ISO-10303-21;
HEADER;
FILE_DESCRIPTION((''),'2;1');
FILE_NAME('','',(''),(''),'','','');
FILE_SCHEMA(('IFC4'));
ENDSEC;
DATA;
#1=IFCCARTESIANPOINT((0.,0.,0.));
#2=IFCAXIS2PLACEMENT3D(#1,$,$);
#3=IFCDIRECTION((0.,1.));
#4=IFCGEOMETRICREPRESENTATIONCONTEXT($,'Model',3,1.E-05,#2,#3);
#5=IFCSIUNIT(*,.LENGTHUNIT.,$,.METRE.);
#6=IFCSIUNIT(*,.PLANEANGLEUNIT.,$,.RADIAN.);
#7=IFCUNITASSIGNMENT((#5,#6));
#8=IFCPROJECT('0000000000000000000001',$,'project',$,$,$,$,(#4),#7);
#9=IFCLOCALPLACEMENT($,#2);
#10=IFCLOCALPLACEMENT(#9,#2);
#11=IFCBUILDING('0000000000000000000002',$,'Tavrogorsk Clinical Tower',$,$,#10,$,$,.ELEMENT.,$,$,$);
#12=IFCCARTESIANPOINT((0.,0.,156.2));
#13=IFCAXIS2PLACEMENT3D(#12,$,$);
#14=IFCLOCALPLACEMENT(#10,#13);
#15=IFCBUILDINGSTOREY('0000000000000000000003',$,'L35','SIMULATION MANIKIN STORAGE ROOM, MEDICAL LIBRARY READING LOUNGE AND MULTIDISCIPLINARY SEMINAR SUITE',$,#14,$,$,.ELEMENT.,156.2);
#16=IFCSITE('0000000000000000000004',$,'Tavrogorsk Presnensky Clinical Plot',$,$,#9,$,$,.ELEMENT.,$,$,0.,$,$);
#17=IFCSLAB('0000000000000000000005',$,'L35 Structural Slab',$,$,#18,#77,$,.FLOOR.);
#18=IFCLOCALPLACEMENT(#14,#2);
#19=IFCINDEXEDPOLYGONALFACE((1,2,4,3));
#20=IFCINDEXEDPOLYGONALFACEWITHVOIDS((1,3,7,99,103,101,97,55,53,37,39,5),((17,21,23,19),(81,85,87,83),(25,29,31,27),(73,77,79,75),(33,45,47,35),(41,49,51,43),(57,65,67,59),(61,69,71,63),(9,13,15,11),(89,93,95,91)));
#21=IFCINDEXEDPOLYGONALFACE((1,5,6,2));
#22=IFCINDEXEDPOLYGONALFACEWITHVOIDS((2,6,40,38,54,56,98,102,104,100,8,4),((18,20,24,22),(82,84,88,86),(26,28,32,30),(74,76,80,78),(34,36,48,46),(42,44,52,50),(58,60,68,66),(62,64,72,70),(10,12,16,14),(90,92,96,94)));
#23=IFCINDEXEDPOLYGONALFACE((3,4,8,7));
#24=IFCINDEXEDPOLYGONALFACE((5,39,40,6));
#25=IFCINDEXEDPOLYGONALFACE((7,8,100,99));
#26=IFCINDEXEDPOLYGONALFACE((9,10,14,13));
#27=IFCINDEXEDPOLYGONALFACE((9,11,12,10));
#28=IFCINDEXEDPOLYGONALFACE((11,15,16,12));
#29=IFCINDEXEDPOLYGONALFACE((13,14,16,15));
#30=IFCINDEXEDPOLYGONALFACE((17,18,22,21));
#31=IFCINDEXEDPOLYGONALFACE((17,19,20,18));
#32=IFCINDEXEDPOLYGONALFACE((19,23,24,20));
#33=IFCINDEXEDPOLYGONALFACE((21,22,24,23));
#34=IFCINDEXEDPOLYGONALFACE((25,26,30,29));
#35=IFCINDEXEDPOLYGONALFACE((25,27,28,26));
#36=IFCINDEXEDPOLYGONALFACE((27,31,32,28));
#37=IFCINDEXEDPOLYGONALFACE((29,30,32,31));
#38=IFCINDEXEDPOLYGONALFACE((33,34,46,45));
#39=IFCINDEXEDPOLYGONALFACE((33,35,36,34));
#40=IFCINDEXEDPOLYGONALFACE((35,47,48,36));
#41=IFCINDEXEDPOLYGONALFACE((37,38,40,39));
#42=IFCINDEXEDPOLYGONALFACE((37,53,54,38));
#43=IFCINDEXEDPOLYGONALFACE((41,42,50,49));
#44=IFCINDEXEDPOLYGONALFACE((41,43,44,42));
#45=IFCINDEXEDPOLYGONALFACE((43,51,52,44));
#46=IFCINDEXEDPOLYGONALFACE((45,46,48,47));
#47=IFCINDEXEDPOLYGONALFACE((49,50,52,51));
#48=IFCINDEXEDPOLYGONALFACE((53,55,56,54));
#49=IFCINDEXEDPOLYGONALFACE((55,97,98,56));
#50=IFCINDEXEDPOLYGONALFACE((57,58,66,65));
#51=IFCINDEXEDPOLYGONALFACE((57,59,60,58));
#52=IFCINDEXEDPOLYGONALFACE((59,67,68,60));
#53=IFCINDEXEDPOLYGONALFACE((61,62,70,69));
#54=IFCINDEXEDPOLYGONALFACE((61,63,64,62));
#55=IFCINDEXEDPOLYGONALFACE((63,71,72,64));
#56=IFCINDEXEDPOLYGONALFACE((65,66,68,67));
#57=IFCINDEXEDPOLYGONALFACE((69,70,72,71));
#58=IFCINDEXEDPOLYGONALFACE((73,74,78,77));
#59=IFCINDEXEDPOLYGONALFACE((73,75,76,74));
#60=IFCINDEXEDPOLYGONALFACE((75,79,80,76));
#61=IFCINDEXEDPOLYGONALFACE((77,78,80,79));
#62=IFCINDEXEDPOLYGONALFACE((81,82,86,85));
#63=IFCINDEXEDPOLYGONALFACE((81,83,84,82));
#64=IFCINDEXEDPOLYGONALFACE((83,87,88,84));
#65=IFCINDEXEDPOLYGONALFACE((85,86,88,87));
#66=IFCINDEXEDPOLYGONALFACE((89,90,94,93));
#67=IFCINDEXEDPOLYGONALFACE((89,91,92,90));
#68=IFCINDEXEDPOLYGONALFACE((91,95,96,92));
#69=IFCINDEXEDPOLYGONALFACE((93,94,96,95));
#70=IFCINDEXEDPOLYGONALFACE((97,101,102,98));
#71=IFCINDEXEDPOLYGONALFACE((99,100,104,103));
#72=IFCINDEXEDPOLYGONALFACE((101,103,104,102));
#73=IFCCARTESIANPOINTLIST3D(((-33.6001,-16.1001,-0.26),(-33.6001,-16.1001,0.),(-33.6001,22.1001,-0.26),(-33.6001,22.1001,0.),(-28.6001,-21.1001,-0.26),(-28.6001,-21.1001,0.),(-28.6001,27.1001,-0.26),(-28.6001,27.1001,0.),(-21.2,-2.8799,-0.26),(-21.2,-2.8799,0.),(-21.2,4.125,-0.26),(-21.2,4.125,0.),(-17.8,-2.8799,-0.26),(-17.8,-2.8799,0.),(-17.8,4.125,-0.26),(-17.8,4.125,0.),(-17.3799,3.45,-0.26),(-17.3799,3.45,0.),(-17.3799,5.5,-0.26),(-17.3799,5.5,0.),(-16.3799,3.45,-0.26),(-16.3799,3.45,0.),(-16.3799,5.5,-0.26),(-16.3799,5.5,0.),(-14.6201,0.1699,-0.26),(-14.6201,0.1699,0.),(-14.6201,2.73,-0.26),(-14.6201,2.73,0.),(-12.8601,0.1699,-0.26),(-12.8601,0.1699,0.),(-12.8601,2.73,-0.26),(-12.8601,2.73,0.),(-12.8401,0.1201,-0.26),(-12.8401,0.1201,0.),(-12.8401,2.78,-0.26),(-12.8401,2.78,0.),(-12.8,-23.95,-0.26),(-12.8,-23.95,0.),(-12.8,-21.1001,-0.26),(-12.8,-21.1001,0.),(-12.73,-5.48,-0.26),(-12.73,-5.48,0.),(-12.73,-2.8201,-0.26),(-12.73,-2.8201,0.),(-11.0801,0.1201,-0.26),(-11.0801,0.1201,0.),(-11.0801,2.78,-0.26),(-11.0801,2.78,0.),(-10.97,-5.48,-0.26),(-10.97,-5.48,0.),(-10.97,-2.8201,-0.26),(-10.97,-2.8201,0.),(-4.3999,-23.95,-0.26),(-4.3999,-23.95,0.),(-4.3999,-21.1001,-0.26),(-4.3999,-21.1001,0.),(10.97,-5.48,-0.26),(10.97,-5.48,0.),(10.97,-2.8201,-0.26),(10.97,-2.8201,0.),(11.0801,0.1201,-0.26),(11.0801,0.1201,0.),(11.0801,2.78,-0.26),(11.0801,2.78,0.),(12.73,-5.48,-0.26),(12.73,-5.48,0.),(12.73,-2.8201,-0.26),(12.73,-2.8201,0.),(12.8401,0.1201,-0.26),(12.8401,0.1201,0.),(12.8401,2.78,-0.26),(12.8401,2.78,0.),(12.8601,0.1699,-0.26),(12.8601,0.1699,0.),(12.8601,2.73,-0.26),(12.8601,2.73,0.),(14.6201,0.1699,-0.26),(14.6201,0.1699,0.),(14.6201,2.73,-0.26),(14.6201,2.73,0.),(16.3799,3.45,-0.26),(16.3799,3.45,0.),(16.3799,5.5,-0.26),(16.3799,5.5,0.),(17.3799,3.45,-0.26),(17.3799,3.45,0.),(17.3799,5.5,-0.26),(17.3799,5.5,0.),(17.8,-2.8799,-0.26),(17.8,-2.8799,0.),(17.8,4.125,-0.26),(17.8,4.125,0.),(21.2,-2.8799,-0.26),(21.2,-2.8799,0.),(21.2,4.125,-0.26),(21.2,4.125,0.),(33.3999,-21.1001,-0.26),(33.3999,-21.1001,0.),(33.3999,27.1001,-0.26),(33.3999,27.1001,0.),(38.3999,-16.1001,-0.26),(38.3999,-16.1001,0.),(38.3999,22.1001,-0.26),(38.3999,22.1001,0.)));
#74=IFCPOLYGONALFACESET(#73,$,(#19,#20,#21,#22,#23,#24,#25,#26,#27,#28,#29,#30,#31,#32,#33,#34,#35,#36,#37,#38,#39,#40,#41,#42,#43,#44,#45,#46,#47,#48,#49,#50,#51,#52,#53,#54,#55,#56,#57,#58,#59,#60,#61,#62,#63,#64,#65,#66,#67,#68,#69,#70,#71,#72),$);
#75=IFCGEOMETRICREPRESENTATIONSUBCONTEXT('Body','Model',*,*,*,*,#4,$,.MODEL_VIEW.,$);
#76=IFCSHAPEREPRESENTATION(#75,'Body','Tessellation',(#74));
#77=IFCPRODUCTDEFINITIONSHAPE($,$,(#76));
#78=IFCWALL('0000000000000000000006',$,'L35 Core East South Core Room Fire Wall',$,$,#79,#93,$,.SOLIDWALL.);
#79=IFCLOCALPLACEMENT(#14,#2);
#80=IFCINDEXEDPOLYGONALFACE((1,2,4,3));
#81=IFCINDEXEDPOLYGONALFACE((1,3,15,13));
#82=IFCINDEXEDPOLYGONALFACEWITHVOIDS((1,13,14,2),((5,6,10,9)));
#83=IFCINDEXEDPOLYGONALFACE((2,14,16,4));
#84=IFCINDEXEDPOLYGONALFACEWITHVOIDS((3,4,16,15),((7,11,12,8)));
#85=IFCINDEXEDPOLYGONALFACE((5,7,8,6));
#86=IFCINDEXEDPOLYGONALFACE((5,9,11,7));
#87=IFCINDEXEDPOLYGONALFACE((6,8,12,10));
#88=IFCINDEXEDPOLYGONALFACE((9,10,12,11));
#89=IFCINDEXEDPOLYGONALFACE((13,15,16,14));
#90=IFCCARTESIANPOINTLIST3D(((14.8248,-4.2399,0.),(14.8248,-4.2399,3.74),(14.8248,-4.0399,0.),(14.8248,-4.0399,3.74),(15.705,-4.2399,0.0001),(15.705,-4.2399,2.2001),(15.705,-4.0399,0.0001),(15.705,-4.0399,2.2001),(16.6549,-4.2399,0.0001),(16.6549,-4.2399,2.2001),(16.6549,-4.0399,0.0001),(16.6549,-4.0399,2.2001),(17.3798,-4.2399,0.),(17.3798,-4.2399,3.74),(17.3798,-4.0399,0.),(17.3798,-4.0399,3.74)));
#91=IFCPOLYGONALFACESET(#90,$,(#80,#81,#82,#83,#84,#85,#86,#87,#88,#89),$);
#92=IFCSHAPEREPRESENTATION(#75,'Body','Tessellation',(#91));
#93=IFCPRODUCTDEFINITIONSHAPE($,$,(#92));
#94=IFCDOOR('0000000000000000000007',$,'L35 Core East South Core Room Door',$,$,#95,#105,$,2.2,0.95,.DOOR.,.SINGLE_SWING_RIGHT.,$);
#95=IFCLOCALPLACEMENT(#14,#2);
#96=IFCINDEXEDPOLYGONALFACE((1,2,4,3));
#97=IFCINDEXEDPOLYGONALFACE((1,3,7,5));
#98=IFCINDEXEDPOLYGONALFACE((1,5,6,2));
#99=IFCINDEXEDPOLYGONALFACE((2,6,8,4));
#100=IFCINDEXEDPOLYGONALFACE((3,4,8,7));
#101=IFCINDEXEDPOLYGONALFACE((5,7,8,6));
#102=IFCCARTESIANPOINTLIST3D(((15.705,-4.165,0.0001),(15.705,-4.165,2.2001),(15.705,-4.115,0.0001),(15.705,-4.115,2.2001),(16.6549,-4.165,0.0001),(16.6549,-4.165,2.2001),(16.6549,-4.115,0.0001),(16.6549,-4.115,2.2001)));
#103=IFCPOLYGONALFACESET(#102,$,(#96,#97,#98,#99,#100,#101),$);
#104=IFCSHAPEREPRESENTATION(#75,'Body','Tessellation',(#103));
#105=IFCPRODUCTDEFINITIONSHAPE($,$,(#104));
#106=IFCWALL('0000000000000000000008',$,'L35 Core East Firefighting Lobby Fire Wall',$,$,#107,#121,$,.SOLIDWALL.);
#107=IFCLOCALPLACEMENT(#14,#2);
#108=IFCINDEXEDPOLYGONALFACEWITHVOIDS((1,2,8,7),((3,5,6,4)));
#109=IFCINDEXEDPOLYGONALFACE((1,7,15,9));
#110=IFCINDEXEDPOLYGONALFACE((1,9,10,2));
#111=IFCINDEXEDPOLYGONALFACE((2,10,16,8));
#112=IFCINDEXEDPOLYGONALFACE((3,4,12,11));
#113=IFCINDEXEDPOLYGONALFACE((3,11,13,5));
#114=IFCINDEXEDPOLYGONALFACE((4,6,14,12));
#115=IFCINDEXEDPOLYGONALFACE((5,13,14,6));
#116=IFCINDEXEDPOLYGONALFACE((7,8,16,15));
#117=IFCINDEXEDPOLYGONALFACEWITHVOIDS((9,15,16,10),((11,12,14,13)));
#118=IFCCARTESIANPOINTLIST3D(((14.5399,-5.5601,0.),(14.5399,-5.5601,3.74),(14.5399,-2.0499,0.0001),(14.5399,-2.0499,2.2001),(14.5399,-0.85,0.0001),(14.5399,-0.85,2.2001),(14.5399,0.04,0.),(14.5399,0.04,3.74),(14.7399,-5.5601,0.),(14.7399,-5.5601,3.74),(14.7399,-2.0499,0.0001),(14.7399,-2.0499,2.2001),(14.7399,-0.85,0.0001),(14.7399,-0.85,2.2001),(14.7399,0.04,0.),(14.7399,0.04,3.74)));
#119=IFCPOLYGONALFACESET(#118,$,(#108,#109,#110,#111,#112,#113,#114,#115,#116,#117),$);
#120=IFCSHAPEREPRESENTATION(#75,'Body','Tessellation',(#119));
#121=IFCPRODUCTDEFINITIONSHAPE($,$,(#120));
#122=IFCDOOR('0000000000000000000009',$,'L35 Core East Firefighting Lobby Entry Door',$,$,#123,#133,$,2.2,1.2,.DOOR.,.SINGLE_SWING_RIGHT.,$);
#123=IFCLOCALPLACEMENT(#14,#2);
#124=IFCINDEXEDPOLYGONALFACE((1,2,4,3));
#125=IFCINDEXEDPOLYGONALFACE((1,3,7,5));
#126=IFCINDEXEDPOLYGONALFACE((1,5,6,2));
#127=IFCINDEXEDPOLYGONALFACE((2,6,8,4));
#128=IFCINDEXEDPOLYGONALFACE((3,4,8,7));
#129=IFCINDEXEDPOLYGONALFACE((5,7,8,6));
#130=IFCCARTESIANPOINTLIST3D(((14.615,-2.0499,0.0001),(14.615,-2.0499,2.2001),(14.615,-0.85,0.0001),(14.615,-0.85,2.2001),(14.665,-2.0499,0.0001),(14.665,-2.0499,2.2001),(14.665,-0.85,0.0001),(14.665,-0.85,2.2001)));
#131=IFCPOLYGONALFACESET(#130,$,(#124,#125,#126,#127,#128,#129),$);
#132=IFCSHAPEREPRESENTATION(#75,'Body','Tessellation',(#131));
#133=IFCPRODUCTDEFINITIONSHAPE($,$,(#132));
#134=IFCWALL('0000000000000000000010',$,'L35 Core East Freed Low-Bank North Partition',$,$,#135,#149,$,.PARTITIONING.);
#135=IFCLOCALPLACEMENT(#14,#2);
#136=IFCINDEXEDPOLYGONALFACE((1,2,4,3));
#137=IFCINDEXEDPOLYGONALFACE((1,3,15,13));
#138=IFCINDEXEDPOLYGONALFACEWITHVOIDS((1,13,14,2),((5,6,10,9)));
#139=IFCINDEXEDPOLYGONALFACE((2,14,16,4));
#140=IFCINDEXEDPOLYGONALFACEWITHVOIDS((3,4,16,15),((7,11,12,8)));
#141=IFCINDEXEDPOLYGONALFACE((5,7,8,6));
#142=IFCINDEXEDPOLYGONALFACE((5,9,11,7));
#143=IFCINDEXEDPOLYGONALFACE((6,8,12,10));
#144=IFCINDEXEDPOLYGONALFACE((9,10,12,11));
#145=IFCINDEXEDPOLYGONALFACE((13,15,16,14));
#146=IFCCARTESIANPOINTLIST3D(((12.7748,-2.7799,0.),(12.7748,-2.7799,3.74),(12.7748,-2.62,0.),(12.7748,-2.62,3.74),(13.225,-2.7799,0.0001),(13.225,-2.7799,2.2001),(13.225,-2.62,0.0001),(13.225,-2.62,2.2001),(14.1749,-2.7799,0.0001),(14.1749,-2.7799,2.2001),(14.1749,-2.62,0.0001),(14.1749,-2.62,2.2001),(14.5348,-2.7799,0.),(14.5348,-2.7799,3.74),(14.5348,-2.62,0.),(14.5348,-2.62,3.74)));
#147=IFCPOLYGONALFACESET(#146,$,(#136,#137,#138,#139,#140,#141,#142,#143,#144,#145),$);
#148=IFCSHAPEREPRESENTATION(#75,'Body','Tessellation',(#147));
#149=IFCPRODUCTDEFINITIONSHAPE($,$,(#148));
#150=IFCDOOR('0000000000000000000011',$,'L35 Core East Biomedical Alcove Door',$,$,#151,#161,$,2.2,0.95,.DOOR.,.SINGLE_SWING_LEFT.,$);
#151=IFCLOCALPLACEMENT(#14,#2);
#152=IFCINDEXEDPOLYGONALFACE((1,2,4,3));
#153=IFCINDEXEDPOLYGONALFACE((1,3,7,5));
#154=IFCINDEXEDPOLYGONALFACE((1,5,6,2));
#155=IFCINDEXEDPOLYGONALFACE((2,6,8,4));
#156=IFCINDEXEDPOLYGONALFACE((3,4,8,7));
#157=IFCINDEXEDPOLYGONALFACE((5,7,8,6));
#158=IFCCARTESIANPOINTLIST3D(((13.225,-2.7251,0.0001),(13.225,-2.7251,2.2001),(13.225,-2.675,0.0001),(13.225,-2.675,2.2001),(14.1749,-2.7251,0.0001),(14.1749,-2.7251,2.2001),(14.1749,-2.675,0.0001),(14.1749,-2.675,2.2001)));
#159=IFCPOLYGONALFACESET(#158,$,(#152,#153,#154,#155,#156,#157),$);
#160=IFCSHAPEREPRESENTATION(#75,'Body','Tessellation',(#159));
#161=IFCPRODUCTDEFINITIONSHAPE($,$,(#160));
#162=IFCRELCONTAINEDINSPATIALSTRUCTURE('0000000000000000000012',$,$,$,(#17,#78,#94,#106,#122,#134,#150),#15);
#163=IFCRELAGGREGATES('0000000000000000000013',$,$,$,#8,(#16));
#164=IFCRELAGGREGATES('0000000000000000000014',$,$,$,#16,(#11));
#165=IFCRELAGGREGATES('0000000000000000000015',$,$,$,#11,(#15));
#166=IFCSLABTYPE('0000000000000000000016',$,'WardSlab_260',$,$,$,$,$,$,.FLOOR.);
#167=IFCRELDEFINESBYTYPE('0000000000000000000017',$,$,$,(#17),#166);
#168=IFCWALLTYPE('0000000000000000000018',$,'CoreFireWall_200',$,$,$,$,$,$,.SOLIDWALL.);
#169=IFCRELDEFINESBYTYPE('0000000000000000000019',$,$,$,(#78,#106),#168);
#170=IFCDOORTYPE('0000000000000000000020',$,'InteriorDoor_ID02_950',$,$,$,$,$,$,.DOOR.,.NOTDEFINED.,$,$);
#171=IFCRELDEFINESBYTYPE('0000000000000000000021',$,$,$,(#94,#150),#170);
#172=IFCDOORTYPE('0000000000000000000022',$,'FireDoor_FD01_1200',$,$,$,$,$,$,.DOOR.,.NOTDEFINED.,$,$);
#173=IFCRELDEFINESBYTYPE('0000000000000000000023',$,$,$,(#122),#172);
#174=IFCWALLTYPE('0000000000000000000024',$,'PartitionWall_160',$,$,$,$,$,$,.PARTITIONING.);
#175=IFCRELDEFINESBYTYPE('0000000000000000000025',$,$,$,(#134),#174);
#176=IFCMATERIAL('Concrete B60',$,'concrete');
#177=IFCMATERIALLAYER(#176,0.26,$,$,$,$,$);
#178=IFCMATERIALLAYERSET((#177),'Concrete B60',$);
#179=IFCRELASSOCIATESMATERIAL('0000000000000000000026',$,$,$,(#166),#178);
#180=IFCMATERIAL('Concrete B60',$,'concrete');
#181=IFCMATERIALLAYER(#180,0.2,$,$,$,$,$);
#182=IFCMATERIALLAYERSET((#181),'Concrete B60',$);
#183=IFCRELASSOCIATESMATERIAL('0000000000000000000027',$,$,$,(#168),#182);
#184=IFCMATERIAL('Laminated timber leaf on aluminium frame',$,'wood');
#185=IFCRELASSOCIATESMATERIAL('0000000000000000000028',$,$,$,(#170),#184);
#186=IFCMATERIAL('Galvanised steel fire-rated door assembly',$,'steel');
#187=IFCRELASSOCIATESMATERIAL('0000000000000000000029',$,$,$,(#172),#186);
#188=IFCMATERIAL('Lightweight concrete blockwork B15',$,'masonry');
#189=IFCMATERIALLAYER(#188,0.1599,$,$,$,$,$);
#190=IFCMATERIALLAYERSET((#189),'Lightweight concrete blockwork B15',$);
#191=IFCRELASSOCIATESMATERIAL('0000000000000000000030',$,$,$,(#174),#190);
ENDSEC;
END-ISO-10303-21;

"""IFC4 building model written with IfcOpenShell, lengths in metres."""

from ifc_helpers import new_model, si_unit, direction, frame, frame_2d, origin, place, context, subcontext, project, spatial, polyline, rectangle, outline, extrude, material, layer, layer_set, type_object, element, fill, save


model = new_model("IFC4")

# Units and contexts
model_context = context("Model", 3, precision=1e-05, world=origin(), true_north=direction((0.0, 1.0)))
body_context = subcontext(model_context, "Body", "Model", "MODEL_VIEW")
ifc_project = project(units=[si_unit("LENGTHUNIT", "METRE"), si_unit("PLANEANGLEUNIT", "RADIAN")], contexts=[model_context])

# Site, building, storey
site_placement = place(None, origin())
site = spatial("IfcSite", under=ifc_project, at=site_placement, Name="Tavrogorsk Presnensky Clinical Plot", CompositionType="ELEMENT", RefElevation=0.0)
building_placement = place(site_placement, origin())
building = spatial("IfcBuilding", under=site, at=building_placement, Name="Tavrogorsk Clinical Tower", CompositionType="ELEMENT")
storey_placement = place(building_placement, frame((0.0, 0.0, 156.2)))
storey = spatial("IfcBuildingStorey", under=building, at=storey_placement, Name="L35", Description="SIMULATION MANIKIN STORAGE ROOM, MEDICAL LIBRARY READING LOUNGE AND MULTIDISCIPLINARY SEMINAR SUITE", CompositionType="ELEMENT", Elevation=156.2)

# Slab
ifc_material_1 = material(Name="Concrete B60", Category="concrete")
ifc_layer_1 = layer(ifc_material_1, 0.26)
ifc_layer_set_1 = layer_set([ifc_layer_1], Name="Concrete B60")
slab_type_1 = type_object("IfcSlabType", Name="WardSlab_260", PredefinedType="FLOOR", material=ifc_layer_set_1)
slab_1_placement = place(storey_placement, frame((0.0, 0.0, -0.26)))
element("IfcSlab", 1, at=slab_1_placement, inside=storey, type_object=slab_type_1, Name="L35 Structural Slab", PredefinedType="FLOOR", context=body_context, shape_type="SweptSolid", body=[
    extrude(outline(polyline([(-28.6001, -21.1001), (-33.6001, -16.1001), (-33.6001, 22.1001), (-28.6001, 27.1001), (33.3999, 27.1001), (38.3999, 22.1001), (38.3999, -16.1001), (33.3999, -21.1001), (-4.3999, -21.1001), (-4.3999, -23.95), (-12.8, -23.95), (-12.8, -21.1001), (-28.6001, -21.1001)]), holes=[polyline([(-17.8, -2.8799), (-17.8, 4.125), (-21.2, 4.125), (-21.2, -2.8799), (-17.8, -2.8799)]), polyline([(21.2, -2.8799), (21.2, 4.125), (17.8, 4.125), (17.8, -2.8799), (21.2, -2.8799)]), polyline([(-14.6201, 0.1699), (-12.8601, 0.1699), (-12.8601, 2.73), (-14.6201, 2.73), (-14.6201, 0.1699)]), polyline([(-12.73, -5.48), (-10.97, -5.48), (-10.97, -2.8201), (-12.73, -2.8201), (-12.73, -5.48)]), polyline([(-12.8401, 0.1201), (-11.0801, 0.1201), (-11.0801, 2.78), (-12.8401, 2.78), (-12.8401, 0.1201)]), polyline([(12.8601, 0.1699), (14.6201, 0.1699), (14.6201, 2.73), (12.8601, 2.73), (12.8601, 0.1699)]), polyline([(10.97, -5.48), (12.73, -5.48), (12.73, -2.8201), (10.97, -2.8201), (10.97, -5.48)]), polyline([(11.0801, 0.1201), (12.8401, 0.1201), (12.8401, 2.78), (11.0801, 2.78), (11.0801, 0.1201)]), polyline([(-17.3799, 3.45), (-16.3799, 3.45), (-16.3799, 5.5), (-17.3799, 5.5), (-17.3799, 3.45)]), polyline([(16.3799, 3.45), (17.3799, 3.45), (17.3799, 5.5), (16.3799, 5.5), (16.3799, 3.45)])]), origin(), (0.0, 0.0, 1.0), 0.26),
])

# Walls, openings, doors
ifc_material_2 = material(Name="Concrete B60", Category="concrete")
ifc_layer_2 = layer(ifc_material_2, 0.2)
ifc_layer_set_2 = layer_set([ifc_layer_2], Name="Concrete B60")
wall_type_1 = type_object("IfcWallType", Name="CoreFireWall_200", PredefinedType="SOLIDWALL", material=ifc_layer_set_2)
wall_1_placement = place(storey_placement, frame((14.825, -4.1399, 0.0), z_axis=(0.0, 0.0, 1.0), x_axis=(1.0, 0.0, 0.0)))
wall_1 = element("IfcWall", 2, at=wall_1_placement, inside=storey, type_object=wall_type_1, Name="L35 Core East South Core Room Fire Wall", PredefinedType="SOLIDWALL", context=body_context, shape_type="SweptSolid", body=[
    extrude(rectangle(XDim=2.5549, YDim=0.2, at=frame_2d((1.2773, 0.0))), origin(), (0.0, 0.0, 1.0), 3.74),
])
opening_1_placement = place(wall_1_placement, frame((0.8799, 0.0, 0.0)))
opening_1 = element("IfcOpeningElement", 3, at=opening_1_placement, cuts=wall_1, PredefinedType="OPENING", context=body_context, shape_type="SweptSolid", body=[
    extrude(rectangle(XDim=0.95, YDim=2.2, at=frame_2d((0.4751, 1.1001))), frame((0.0, 0.1099, 0.0), z_axis=(0.0, -1.0, 0.0), x_axis=(1.0, 0.0, 0.0)), (0.0, 0.0, 1.0), 0.22),
])
ifc_material_3 = material(Name="Laminated timber leaf on aluminium frame", Category="wood")
door_type_1 = type_object("IfcDoorType", Name="InteriorDoor_ID02_950", OperationType="NOTDEFINED", PredefinedType="DOOR", material=ifc_material_3)
door_1_placement = place(opening_1_placement, origin())
door_1 = element("IfcDoor", 4, at=door_1_placement, inside=storey, type_object=door_type_1, Name="L35 Core East South Core Room Door", OperationType="SINGLE_SWING_RIGHT", OverallHeight=2.2, OverallWidth=0.95, PredefinedType="DOOR", context=body_context, shape_type="SweptSolid", body=[
    extrude(rectangle(XDim=0.95, YDim=2.2, at=frame_2d((0.4751, 1.1001))), frame((0.0, 0.0249, 0.0), z_axis=(0.0, -1.0, 0.0), x_axis=(1.0, 0.0, 0.0)), (0.0, 0.0, 1.0), 0.05),
])
fill(opening_1, door_1)
wall_2_placement = place(storey_placement, frame((14.6399, -5.5601, 0.0), z_axis=(0.0, 0.0, 1.0), x_axis=(0.0, 1.0, 0.0)))
wall_2 = element("IfcWall", 5, at=wall_2_placement, inside=storey, type_object=wall_type_1, Name="L35 Core East Firefighting Lobby Fire Wall", PredefinedType="SOLIDWALL", context=body_context, shape_type="SweptSolid", body=[
    extrude(rectangle(XDim=5.6001, YDim=0.2, at=frame_2d((2.8, 0.0))), origin(), (0.0, 0.0, 1.0), 3.74),
])
opening_2_placement = place(wall_2_placement, frame((3.51, 0.0, 0.0)))
opening_2 = element("IfcOpeningElement", 6, at=opening_2_placement, cuts=wall_2, PredefinedType="OPENING", context=body_context, shape_type="SweptSolid", body=[
    extrude(rectangle(XDim=1.2, YDim=2.2, at=frame_2d((0.6001, 1.1001))), frame((0.0, 0.1099, 0.0), z_axis=(0.0, -1.0, 0.0), x_axis=(1.0, 0.0, 0.0)), (0.0, 0.0, 1.0), 0.22),
])
ifc_material_4 = material(Name="Galvanised steel fire-rated door assembly", Category="steel")
door_type_2 = type_object("IfcDoorType", Name="FireDoor_FD01_1200", OperationType="NOTDEFINED", PredefinedType="DOOR", material=ifc_material_4)
door_2_placement = place(opening_2_placement, origin())
door_2 = element("IfcDoor", 7, at=door_2_placement, inside=storey, type_object=door_type_2, Name="L35 Core East Firefighting Lobby Entry Door", OperationType="SINGLE_SWING_RIGHT", OverallHeight=2.2, OverallWidth=1.2, PredefinedType="DOOR", context=body_context, shape_type="SweptSolid", body=[
    extrude(rectangle(XDim=1.2, YDim=2.2, at=frame_2d((0.6001, 1.1001))), frame((0.0, 0.0249, 0.0), z_axis=(0.0, -1.0, 0.0), x_axis=(1.0, 0.0, 0.0)), (0.0, 0.0, 1.0), 0.05),
])
fill(opening_2, door_2)
ifc_material_5 = material(Name="Lightweight concrete blockwork B15", Category="masonry")
ifc_layer_3 = layer(ifc_material_5, 0.1599)
ifc_layer_set_3 = layer_set([ifc_layer_3], Name="Lightweight concrete blockwork B15")
wall_type_2 = type_object("IfcWallType", Name="PartitionWall_160", PredefinedType="PARTITIONING", material=ifc_layer_set_3)
wall_3_placement = place(storey_placement, frame((12.7749, -2.7, 0.0), z_axis=(0.0, 0.0, 1.0), x_axis=(1.0, 0.0, 0.0)))
wall_3 = element("IfcWall", 8, at=wall_3_placement, inside=storey, type_object=wall_type_2, Name="L35 Core East Freed Low-Bank North Partition", PredefinedType="PARTITIONING", context=body_context, shape_type="SweptSolid", body=[
    extrude(rectangle(XDim=1.76, YDim=0.1599, at=frame_2d((0.8799, 0.0))), origin(), (0.0, 0.0, 1.0), 3.74),
])
opening_3_placement = place(wall_3_placement, frame((0.45, 0.0, 0.0)))
opening_3 = element("IfcOpeningElement", 9, at=opening_3_placement, cuts=wall_3, PredefinedType="OPENING", context=body_context, shape_type="SweptSolid", body=[
    extrude(rectangle(XDim=0.95, YDim=2.2, at=frame_2d((0.4751, 1.1001))), frame((0.0, 0.0898, 0.0), z_axis=(0.0, -1.0, 0.0), x_axis=(1.0, 0.0, 0.0)), (0.0, 0.0, 1.0), 0.1799),
])
door_3_placement = place(opening_3_placement, origin())
door_3 = element("IfcDoor", 10, at=door_3_placement, inside=storey, type_object=door_type_1, Name="L35 Core East Biomedical Alcove Door", OperationType="SINGLE_SWING_LEFT", OverallHeight=2.2, OverallWidth=0.95, PredefinedType="DOOR", context=body_context, shape_type="SweptSolid", body=[
    extrude(rectangle(XDim=0.95, YDim=2.2, at=frame_2d((0.4751, 1.1001))), frame((0.0, 0.0249, 0.0), z_axis=(0.0, -1.0, 0.0), x_axis=(1.0, 0.0, 0.0)), (0.0, 0.0, 1.0), 0.05),
])
fill(opening_3, door_3)

save(model, "model.ifc")
